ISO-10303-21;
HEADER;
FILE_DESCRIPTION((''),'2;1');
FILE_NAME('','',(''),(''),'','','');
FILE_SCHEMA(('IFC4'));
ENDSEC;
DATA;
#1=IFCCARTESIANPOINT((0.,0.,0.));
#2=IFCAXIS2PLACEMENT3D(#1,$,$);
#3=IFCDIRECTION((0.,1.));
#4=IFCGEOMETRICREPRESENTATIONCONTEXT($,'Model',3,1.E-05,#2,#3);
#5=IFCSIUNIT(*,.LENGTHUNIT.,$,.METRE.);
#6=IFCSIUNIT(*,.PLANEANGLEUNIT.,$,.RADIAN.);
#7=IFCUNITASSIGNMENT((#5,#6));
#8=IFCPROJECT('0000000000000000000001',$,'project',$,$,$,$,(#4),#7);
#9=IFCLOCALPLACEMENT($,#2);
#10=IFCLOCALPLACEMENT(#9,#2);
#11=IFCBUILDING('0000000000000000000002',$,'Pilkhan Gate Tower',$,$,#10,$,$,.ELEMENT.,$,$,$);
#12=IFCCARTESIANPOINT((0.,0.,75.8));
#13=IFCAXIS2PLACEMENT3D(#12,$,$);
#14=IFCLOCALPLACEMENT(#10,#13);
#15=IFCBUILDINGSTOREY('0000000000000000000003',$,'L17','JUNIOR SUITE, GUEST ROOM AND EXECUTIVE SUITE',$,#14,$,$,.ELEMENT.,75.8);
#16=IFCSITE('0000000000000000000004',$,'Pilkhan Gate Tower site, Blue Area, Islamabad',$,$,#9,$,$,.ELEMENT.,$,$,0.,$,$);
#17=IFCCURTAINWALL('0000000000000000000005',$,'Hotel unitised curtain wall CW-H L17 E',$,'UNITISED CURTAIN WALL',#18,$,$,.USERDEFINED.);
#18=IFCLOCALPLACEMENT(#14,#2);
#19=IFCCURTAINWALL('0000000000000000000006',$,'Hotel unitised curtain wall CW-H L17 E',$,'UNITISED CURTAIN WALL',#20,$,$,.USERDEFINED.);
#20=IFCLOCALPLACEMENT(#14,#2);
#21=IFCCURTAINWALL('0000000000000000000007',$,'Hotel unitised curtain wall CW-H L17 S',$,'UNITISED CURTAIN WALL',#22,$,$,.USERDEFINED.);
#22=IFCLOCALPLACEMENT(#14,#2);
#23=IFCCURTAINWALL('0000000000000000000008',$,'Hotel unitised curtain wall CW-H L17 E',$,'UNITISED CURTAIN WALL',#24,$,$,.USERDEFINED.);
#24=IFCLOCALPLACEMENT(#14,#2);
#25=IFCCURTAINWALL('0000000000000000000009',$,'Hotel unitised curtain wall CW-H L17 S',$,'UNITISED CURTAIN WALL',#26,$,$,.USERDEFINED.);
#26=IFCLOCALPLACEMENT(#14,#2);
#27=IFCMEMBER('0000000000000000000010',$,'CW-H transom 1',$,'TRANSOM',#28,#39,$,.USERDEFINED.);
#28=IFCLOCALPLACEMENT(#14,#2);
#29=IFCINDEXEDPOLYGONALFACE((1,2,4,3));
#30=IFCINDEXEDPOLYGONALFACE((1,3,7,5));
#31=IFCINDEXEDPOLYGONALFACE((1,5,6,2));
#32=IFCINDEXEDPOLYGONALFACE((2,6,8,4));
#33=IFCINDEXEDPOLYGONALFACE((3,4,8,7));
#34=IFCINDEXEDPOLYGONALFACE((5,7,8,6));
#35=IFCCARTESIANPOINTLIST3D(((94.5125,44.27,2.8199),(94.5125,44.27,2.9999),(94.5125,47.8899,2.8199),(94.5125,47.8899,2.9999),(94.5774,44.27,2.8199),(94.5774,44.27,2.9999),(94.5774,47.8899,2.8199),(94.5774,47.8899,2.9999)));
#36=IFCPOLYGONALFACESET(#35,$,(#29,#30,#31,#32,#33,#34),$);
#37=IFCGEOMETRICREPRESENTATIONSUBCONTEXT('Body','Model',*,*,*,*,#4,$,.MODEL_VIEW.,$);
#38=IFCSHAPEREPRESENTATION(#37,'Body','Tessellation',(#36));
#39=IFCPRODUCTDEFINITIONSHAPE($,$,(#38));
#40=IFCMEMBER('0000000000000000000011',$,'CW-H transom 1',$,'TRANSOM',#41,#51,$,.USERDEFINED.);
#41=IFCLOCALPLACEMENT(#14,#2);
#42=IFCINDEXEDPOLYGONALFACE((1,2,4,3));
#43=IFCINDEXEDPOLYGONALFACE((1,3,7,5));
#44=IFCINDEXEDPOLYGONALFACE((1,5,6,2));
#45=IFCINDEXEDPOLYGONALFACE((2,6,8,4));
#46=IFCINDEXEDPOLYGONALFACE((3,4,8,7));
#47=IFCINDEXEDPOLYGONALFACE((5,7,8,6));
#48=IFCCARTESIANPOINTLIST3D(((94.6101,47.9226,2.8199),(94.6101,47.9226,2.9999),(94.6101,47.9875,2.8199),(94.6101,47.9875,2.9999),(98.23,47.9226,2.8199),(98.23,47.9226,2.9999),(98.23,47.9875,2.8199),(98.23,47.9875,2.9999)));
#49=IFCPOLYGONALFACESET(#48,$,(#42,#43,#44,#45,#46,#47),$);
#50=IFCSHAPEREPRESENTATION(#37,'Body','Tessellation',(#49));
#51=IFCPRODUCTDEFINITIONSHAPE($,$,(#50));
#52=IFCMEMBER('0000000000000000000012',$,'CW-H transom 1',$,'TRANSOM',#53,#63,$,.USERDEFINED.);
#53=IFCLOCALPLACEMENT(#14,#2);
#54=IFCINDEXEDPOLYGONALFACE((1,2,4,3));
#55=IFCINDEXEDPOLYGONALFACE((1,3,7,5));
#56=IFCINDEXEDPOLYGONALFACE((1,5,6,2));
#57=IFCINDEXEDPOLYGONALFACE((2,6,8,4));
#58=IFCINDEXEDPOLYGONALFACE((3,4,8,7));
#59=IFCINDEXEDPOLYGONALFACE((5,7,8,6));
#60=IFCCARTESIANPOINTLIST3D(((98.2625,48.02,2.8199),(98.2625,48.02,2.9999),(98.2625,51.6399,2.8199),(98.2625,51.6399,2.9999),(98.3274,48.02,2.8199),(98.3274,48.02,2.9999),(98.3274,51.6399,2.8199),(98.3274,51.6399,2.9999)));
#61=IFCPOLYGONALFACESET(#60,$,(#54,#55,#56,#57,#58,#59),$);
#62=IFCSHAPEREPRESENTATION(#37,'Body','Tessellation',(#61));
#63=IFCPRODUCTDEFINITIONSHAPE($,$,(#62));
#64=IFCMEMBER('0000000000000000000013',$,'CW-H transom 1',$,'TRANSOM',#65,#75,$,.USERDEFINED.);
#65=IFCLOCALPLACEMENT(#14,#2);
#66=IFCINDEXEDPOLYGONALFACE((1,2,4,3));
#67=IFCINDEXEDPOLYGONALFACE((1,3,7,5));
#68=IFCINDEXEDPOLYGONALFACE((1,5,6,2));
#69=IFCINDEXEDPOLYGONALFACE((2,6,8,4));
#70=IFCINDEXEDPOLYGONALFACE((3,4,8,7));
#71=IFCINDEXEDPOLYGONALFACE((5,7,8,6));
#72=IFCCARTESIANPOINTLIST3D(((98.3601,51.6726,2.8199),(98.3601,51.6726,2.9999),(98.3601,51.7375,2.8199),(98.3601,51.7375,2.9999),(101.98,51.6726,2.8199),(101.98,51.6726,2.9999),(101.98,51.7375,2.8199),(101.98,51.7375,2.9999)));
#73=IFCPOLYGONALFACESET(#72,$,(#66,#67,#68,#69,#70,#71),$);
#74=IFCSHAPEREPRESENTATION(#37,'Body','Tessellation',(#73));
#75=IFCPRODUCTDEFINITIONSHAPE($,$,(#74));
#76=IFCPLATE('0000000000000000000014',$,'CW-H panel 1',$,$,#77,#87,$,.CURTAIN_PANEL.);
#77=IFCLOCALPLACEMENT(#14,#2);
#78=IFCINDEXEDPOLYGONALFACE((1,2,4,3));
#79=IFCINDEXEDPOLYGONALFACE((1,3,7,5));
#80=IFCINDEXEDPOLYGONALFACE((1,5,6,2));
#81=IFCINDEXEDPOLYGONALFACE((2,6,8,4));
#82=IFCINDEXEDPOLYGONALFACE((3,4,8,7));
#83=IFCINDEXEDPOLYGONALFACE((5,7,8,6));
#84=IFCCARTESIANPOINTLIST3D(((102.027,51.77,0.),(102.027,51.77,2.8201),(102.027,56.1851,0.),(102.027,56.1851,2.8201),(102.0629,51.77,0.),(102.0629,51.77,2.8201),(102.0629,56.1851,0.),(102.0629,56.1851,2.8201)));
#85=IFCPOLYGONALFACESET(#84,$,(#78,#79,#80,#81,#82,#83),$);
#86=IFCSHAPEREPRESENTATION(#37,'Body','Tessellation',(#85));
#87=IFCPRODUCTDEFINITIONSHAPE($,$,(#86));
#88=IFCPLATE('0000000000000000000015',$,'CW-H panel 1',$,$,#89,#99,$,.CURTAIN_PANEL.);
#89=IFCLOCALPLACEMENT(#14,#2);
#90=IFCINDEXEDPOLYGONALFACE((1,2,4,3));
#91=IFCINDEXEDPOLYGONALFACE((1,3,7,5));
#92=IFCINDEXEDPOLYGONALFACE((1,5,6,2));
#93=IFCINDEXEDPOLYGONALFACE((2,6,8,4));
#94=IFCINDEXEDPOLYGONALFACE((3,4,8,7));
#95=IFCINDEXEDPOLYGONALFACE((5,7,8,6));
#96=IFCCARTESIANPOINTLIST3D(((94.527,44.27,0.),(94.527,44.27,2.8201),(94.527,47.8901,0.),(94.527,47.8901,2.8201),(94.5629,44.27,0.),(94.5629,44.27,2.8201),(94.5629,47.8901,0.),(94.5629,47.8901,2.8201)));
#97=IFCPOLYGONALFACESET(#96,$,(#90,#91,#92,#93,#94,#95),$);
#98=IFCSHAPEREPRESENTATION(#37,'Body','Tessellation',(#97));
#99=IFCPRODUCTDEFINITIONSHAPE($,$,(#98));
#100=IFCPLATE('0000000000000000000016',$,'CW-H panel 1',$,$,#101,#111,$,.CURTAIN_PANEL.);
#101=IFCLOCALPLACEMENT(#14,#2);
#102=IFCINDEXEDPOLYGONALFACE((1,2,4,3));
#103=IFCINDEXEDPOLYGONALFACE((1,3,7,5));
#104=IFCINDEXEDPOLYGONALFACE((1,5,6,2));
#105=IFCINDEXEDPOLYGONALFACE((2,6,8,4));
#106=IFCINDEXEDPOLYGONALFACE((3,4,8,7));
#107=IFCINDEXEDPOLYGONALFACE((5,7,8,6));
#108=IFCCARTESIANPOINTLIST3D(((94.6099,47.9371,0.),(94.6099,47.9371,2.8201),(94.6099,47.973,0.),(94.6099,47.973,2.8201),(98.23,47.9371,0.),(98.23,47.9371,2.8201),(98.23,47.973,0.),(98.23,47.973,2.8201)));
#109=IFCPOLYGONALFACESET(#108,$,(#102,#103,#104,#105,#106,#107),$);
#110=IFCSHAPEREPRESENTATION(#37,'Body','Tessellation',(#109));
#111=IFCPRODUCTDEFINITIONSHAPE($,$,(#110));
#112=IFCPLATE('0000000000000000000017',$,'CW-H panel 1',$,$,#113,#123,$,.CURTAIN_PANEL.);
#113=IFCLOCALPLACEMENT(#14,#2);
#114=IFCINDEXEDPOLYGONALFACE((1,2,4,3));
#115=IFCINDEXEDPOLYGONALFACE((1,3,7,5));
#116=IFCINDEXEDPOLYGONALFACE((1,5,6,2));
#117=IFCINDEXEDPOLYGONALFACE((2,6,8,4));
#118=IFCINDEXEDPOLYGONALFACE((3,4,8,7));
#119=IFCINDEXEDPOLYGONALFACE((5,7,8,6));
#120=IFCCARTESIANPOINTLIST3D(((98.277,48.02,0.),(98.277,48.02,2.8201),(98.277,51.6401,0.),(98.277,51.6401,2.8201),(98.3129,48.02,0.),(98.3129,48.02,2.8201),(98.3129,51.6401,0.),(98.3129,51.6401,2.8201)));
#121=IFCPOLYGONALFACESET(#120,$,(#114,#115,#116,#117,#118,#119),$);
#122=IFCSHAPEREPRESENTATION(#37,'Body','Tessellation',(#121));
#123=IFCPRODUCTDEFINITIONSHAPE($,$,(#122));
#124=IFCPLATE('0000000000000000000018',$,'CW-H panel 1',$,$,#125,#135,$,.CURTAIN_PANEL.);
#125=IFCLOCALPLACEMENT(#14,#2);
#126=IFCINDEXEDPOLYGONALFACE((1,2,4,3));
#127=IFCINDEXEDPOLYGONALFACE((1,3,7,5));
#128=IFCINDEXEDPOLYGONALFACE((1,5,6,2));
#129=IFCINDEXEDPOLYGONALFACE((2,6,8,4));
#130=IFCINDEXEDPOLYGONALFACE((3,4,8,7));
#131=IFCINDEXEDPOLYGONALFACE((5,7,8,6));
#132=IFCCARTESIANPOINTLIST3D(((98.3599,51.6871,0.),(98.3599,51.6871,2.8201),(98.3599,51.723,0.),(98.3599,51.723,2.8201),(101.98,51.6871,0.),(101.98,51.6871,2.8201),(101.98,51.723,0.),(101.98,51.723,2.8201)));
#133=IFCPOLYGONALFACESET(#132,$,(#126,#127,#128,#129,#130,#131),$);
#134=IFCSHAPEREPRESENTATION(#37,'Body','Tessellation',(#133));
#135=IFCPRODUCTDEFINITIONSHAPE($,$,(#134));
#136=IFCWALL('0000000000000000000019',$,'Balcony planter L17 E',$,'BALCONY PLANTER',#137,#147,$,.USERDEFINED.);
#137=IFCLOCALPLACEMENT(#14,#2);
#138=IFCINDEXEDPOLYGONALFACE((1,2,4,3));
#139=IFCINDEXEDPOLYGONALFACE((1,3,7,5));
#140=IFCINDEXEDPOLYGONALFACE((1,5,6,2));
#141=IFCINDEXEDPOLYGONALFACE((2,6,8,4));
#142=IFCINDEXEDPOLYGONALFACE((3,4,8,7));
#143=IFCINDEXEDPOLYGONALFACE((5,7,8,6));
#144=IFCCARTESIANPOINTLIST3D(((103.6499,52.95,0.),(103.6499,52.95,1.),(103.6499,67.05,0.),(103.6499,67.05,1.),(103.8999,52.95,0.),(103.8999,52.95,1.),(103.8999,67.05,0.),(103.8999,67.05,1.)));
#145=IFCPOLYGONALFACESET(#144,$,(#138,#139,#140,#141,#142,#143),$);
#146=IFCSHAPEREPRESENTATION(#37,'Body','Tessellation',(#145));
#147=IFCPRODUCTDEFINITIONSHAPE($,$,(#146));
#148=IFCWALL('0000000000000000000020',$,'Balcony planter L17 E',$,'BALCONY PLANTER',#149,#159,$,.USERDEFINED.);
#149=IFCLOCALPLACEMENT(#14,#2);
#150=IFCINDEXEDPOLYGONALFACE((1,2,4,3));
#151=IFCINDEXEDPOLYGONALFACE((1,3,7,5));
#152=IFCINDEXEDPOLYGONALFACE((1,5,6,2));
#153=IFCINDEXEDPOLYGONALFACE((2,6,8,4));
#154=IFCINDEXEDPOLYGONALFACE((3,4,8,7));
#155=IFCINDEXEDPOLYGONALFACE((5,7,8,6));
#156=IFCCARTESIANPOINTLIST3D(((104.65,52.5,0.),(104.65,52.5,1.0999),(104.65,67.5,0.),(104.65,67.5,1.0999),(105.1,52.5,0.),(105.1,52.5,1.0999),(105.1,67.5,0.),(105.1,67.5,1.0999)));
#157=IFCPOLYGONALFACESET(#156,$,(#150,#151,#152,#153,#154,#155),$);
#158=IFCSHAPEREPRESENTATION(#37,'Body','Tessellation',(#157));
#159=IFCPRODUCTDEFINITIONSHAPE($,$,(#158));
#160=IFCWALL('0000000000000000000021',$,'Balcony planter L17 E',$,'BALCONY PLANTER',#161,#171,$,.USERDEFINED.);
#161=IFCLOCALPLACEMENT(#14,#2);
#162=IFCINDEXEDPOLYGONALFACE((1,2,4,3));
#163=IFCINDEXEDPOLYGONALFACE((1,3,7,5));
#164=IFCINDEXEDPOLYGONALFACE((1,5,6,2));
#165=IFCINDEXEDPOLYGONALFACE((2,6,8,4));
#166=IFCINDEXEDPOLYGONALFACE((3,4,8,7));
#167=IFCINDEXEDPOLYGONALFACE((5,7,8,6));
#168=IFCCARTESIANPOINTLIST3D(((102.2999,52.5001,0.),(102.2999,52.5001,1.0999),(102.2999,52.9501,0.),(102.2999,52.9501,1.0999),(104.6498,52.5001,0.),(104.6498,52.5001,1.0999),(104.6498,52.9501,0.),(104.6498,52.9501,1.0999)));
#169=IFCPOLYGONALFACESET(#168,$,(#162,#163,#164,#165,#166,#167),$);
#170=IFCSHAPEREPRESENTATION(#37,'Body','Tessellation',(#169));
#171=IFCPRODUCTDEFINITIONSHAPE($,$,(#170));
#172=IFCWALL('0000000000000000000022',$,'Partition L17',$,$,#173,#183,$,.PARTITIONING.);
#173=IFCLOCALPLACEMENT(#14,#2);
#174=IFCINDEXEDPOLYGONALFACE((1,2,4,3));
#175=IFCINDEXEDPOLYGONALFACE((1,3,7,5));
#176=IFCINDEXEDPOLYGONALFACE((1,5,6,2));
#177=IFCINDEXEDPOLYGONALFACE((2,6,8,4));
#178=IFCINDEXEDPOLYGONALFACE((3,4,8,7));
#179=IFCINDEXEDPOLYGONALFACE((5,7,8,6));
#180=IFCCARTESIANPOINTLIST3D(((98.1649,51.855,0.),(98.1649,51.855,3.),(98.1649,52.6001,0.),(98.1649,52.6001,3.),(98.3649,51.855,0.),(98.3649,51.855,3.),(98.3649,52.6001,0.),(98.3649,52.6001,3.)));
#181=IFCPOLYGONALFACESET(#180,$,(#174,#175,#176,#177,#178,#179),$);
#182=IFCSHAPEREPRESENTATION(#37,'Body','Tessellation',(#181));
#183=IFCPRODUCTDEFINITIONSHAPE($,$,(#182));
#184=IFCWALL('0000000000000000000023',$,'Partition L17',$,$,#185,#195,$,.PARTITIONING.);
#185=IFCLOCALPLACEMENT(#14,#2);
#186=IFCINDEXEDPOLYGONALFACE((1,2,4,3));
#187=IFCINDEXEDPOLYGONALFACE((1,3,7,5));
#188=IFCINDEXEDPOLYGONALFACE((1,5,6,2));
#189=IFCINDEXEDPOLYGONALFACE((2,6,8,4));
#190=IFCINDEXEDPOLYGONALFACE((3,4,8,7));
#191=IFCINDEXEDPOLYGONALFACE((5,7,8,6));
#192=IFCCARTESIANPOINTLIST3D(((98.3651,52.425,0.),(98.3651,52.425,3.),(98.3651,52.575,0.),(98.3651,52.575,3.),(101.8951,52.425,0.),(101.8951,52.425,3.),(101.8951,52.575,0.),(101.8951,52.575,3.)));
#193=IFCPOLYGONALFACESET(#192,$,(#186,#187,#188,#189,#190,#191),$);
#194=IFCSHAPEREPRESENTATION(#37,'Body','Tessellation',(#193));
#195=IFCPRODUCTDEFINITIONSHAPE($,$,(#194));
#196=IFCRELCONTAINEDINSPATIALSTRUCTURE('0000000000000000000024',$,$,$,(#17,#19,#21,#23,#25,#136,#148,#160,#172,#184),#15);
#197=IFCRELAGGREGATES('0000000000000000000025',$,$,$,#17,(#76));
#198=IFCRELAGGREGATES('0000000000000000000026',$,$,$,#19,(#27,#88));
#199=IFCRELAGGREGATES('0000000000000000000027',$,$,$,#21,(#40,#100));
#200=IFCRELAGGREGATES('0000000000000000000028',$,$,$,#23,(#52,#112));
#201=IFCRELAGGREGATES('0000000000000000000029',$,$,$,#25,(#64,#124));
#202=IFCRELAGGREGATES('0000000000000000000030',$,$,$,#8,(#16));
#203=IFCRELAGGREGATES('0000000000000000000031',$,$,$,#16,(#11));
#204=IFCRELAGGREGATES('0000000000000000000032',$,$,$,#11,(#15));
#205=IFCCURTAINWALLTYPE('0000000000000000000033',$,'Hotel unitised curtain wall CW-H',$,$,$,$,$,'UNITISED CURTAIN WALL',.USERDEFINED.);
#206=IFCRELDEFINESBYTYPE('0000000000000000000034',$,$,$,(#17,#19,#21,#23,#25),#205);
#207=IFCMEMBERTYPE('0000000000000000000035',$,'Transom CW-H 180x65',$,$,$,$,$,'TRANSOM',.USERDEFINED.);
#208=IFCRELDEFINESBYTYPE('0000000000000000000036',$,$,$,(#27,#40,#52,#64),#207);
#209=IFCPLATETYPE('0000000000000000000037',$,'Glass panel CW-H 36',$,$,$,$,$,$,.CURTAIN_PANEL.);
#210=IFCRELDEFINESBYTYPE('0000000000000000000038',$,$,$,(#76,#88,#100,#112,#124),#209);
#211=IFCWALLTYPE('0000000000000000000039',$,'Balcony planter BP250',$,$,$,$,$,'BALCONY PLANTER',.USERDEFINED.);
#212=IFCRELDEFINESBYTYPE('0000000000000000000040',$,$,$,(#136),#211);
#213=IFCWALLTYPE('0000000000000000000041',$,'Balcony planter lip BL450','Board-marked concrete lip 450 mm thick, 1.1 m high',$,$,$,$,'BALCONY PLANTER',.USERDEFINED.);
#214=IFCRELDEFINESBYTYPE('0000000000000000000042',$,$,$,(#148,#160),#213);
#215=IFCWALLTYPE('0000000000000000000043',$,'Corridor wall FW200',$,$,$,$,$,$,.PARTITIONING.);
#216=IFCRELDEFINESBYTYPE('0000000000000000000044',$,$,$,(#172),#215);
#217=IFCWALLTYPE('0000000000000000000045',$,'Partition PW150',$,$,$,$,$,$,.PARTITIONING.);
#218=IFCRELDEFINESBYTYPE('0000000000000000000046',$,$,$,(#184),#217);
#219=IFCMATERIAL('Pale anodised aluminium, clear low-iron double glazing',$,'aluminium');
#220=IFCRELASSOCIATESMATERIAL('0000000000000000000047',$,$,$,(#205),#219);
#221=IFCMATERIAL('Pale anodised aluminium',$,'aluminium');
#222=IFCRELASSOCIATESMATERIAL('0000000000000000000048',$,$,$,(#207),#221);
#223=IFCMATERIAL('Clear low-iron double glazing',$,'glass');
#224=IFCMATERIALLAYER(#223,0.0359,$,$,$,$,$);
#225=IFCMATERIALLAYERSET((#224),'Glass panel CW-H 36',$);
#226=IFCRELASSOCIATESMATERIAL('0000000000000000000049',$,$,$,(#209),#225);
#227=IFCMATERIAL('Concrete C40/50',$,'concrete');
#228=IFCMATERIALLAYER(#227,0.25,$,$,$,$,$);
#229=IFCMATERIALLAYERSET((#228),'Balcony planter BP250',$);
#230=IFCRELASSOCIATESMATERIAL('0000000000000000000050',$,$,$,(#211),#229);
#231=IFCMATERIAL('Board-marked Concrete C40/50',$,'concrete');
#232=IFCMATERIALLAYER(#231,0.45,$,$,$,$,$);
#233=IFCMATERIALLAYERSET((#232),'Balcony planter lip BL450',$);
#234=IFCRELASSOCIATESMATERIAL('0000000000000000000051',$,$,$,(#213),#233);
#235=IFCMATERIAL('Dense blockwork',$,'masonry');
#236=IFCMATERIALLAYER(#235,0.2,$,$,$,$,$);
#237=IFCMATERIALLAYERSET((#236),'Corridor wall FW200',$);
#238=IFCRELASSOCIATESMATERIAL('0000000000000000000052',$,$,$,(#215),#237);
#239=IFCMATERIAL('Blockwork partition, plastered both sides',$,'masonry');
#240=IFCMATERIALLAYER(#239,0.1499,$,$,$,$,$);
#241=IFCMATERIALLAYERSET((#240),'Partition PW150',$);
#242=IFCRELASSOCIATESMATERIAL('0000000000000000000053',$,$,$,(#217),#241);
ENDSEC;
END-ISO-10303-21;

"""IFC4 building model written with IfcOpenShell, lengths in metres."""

from ifc_helpers import new_model, si_unit, direction, frame, frame_2d, origin, origin_2d, place, context, subcontext, project, spatial, rectangle, extrude, material, layer, layer_set, material_profile, profile_set, type_object, element, aggregate, save


model = new_model("IFC4")

# Units and contexts
model_context = context("Model", 3, precision=1e-05, world=origin(), true_north=direction((0.0, 1.0)))
body_context = subcontext(model_context, "Body", "Model", "MODEL_VIEW")
ifc_project = project(units=[si_unit("LENGTHUNIT", "METRE"), si_unit("PLANEANGLEUNIT", "RADIAN")], contexts=[model_context])

# Site, building, storey
site_placement = place(None, origin())
site = spatial("IfcSite", under=ifc_project, at=site_placement, Name="Pilkhan Gate Tower site, Blue Area, Islamabad", CompositionType="ELEMENT", RefElevation=0.0)
building_placement = place(site_placement, origin())
building = spatial("IfcBuilding", under=site, at=building_placement, Name="Pilkhan Gate Tower", CompositionType="ELEMENT")
storey_placement = place(building_placement, frame((0.0, 0.0, 75.8)))
storey = spatial("IfcBuildingStorey", under=building, at=storey_placement, Name="L17", Description="JUNIOR SUITE, GUEST ROOM AND EXECUTIVE SUITE", CompositionType="ELEMENT", Elevation=75.8)

# Curtain wall
ifc_material_1 = material(Name="Pale anodised aluminium, clear low-iron double glazing", Category="aluminium")
curtain_wall_type = type_object("IfcCurtainWallType", Name="Hotel unitised curtain wall CW-H", ElementType="UNITISED CURTAIN WALL", PredefinedType="USERDEFINED", material=ifc_material_1)
curtain_wall_1_placement = place(storey_placement, origin())
curtain_wall_1 = element("IfcCurtainWall", 1, at=curtain_wall_1_placement, inside=storey, type_object=curtain_wall_type, Name="Hotel unitised curtain wall CW-H L17 E", ObjectType="UNITISED CURTAIN WALL", PredefinedType="USERDEFINED")
ifc_material_2 = material(Name="Pale anodised aluminium", Category="aluminium")

# Curtain walls
curtain_wall_2_placement = place(storey_placement, origin())
curtain_wall_2 = element("IfcCurtainWall", 2, at=curtain_wall_2_placement, inside=storey, type_object=curtain_wall_type, Name="Hotel unitised curtain wall CW-H L17 E", ObjectType="UNITISED CURTAIN WALL", PredefinedType="USERDEFINED")
curtain_wall_3_placement = place(storey_placement, origin())
curtain_wall_3 = element("IfcCurtainWall", 3, at=curtain_wall_3_placement, inside=storey, type_object=curtain_wall_type, Name="Hotel unitised curtain wall CW-H L17 S", ObjectType="UNITISED CURTAIN WALL", PredefinedType="USERDEFINED")
curtain_wall_4_placement = place(storey_placement, origin())
curtain_wall_4 = element("IfcCurtainWall", 4, at=curtain_wall_4_placement, inside=storey, type_object=curtain_wall_type, Name="Hotel unitised curtain wall CW-H L17 E", ObjectType="UNITISED CURTAIN WALL", PredefinedType="USERDEFINED")
curtain_wall_5_placement = place(storey_placement, origin())
curtain_wall_5 = element("IfcCurtainWall", 5, at=curtain_wall_5_placement, inside=storey, type_object=curtain_wall_type, Name="Hotel unitised curtain wall CW-H L17 S", ObjectType="UNITISED CURTAIN WALL", PredefinedType="USERDEFINED")

# Members
ifc_material_profile_1 = material_profile(ifc_material_2, rectangle(XDim=0.0649, YDim=0.1799, at=origin_2d()), Name="Transom 180x65")
ifc_profile_set_1 = profile_set([ifc_material_profile_1], Name="Pale anodised aluminium")
member_type_1 = type_object("IfcMemberType", Name="Transom CW-H 180x65", ElementType="TRANSOM", PredefinedType="USERDEFINED", material=ifc_profile_set_1)
member_1_placement = place(storey_placement, frame((94.5449, 44.27, 2.9099), z_axis=(0.0, 1.0, 0.0), x_axis=(-1.0, 0.0, 0.0)))
member_1 = element("IfcMember", 6, at=member_1_placement, type_object=member_type_1, Name="CW-H transom 1", ObjectType="TRANSOM", PredefinedType="USERDEFINED", context=body_context, shape_type="SweptSolid", body=[
    extrude(rectangle(XDim=0.0649, YDim=0.1799, at=origin_2d()), origin(), (0.0, 0.0, 1.0), 3.6199),
])
member_2_placement = place(storey_placement, frame((94.6101, 47.9551, 2.9099), z_axis=(1.0, 0.0, 0.0), x_axis=(0.0, 1.0, 0.0)))
member_2 = element("IfcMember", 7, at=member_2_placement, type_object=member_type_1, Name="CW-H transom 1", ObjectType="TRANSOM", PredefinedType="USERDEFINED", context=body_context, shape_type="SweptSolid", body=[
    extrude(rectangle(XDim=0.0649, YDim=0.1799, at=origin_2d()), origin(), (0.0, 0.0, 1.0), 3.6199),
])
member_3_placement = place(storey_placement, frame((98.2949, 48.02, 2.9099), z_axis=(0.0, 1.0, 0.0), x_axis=(-1.0, 0.0, 0.0)))
member_3 = element("IfcMember", 8, at=member_3_placement, type_object=member_type_1, Name="CW-H transom 1", ObjectType="TRANSOM", PredefinedType="USERDEFINED", context=body_context, shape_type="SweptSolid", body=[
    extrude(rectangle(XDim=0.0649, YDim=0.1799, at=origin_2d()), origin(), (0.0, 0.0, 1.0), 3.6199),
])
member_4_placement = place(storey_placement, frame((98.3601, 51.7051, 2.9099), z_axis=(1.0, 0.0, 0.0), x_axis=(0.0, 1.0, 0.0)))
member_4 = element("IfcMember", 9, at=member_4_placement, type_object=member_type_1, Name="CW-H transom 1", ObjectType="TRANSOM", PredefinedType="USERDEFINED", context=body_context, shape_type="SweptSolid", body=[
    extrude(rectangle(XDim=0.0649, YDim=0.1799, at=origin_2d()), origin(), (0.0, 0.0, 1.0), 3.6199),
])

# Plates
ifc_material_3 = material(Name="Clear low-iron double glazing", Category="glass")
ifc_layer_1 = layer(ifc_material_3, 0.0359)
ifc_layer_set_1 = layer_set([ifc_layer_1], Name="Glass panel CW-H 36")
plate_type = type_object("IfcPlateType", Name="Glass panel CW-H 36", PredefinedType="CURTAIN_PANEL", material=ifc_layer_set_1)
plate_1_placement = place(storey_placement, frame((102.0449, 53.9775, 0.0), z_axis=(0.0, 0.0, 1.0), x_axis=(0.0, 1.0, 0.0)))
plate_1 = element("IfcPlate", 10, at=plate_1_placement, type_object=plate_type, Name="CW-H panel 1", PredefinedType="CURTAIN_PANEL", context=body_context, shape_type="SweptSolid", body=[
    extrude(rectangle(XDim=4.415, YDim=0.0359, at=origin_2d()), origin(), (0.0, 0.0, 1.0), 2.8201),
])
aggregate(curtain_wall_1, [plate_1])
plate_2_placement = place(storey_placement, frame((94.5449, 46.0801, 0.0), z_axis=(0.0, 0.0, 1.0), x_axis=(0.0, 1.0, 0.0)))
plate_2 = element("IfcPlate", 11, at=plate_2_placement, type_object=plate_type, Name="CW-H panel 1", PredefinedType="CURTAIN_PANEL", context=body_context, shape_type="SweptSolid", body=[
    extrude(rectangle(XDim=3.6201, YDim=0.0359, at=origin_2d()), origin(), (0.0, 0.0, 1.0), 2.8201),
])
aggregate(curtain_wall_2, [member_1, plate_2])
plate_3_placement = place(storey_placement, frame((96.4199, 47.9551, 0.0), z_axis=(0.0, 0.0, 1.0), x_axis=(1.0, 0.0, 0.0)))
plate_3 = element("IfcPlate", 12, at=plate_3_placement, type_object=plate_type, Name="CW-H panel 1", PredefinedType="CURTAIN_PANEL", context=body_context, shape_type="SweptSolid", body=[
    extrude(rectangle(XDim=3.6201, YDim=0.0359, at=origin_2d()), origin(), (0.0, 0.0, 1.0), 2.8201),
])
aggregate(curtain_wall_3, [member_2, plate_3])
plate_4_placement = place(storey_placement, frame((98.2949, 49.8301, 0.0), z_axis=(0.0, 0.0, 1.0), x_axis=(0.0, 1.0, 0.0)))
plate_4 = element("IfcPlate", 13, at=plate_4_placement, type_object=plate_type, Name="CW-H panel 1", PredefinedType="CURTAIN_PANEL", context=body_context, shape_type="SweptSolid", body=[
    extrude(rectangle(XDim=3.6201, YDim=0.0359, at=origin_2d()), origin(), (0.0, 0.0, 1.0), 2.8201),
])
aggregate(curtain_wall_4, [member_3, plate_4])
plate_5_placement = place(storey_placement, frame((100.1699, 51.7051, 0.0), z_axis=(0.0, 0.0, 1.0), x_axis=(1.0, 0.0, 0.0)))
plate_5 = element("IfcPlate", 14, at=plate_5_placement, type_object=plate_type, Name="CW-H panel 1", PredefinedType="CURTAIN_PANEL", context=body_context, shape_type="SweptSolid", body=[
    extrude(rectangle(XDim=3.6201, YDim=0.0359, at=origin_2d()), origin(), (0.0, 0.0, 1.0), 2.8201),
])
aggregate(curtain_wall_5, [member_4, plate_5])

# Walls
ifc_material_4 = material(Name="Concrete C40/50", Category="concrete")
ifc_layer_2 = layer(ifc_material_4, 0.25)
ifc_layer_set_2 = layer_set([ifc_layer_2], Name="Balcony planter BP250")
wall_type_1 = type_object("IfcWallType", Name="Balcony planter BP250", ElementType="BALCONY PLANTER", PredefinedType="USERDEFINED", material=ifc_layer_set_2)
wall_1_placement = place(storey_placement, frame((103.7749, 52.95, 0.0), z_axis=(0.0, 0.0, 1.0), x_axis=(0.0, 1.0, 0.0)))
element("IfcWall", 15, at=wall_1_placement, inside=storey, type_object=wall_type_1, Name="Balcony planter L17 E", ObjectType="BALCONY PLANTER", PredefinedType="USERDEFINED", context=body_context, shape_type="SweptSolid", body=[
    extrude(rectangle(XDim=14.1001, YDim=0.25, at=frame_2d((7.05, 0.0))), origin(), (0.0, 0.0, 1.0), 1.0),
])
ifc_material_5 = material(Name="Board-marked Concrete C40/50", Category="concrete")
ifc_layer_3 = layer(ifc_material_5, 0.45)
ifc_layer_set_3 = layer_set([ifc_layer_3], Name="Balcony planter lip BL450")
wall_type_2 = type_object("IfcWallType", Name="Balcony planter lip BL450", Description="Board-marked concrete lip 450 mm thick, 1.1 m high", ElementType="BALCONY PLANTER", PredefinedType="USERDEFINED", material=ifc_layer_set_3)
wall_2_placement = place(storey_placement, frame((104.875, 52.5, 0.0), z_axis=(0.0, 0.0, 1.0), x_axis=(0.0, 1.0, 0.0)))
element("IfcWall", 16, at=wall_2_placement, inside=storey, type_object=wall_type_2, Name="Balcony planter L17 E", ObjectType="BALCONY PLANTER", PredefinedType="USERDEFINED", context=body_context, shape_type="SweptSolid", body=[
    extrude(rectangle(XDim=15.0, YDim=0.45, at=frame_2d((7.5, 0.0))), origin(), (0.0, 0.0, 1.0), 1.0999),
])
wall_3_placement = place(storey_placement, frame((102.3, 52.7251, 0.0), z_axis=(0.0, 0.0, 1.0), x_axis=(1.0, 0.0, 0.0)))
element("IfcWall", 17, at=wall_3_placement, inside=storey, type_object=wall_type_2, Name="Balcony planter L17 E", ObjectType="BALCONY PLANTER", PredefinedType="USERDEFINED", context=body_context, shape_type="SweptSolid", body=[
    extrude(rectangle(XDim=2.3499, YDim=0.45, at=frame_2d((1.1748, 0.0))), origin(), (0.0, 0.0, 1.0), 1.0999),
])
ifc_material_6 = material(Name="Dense blockwork", Category="masonry")
ifc_layer_4 = layer(ifc_material_6, 0.2)
ifc_layer_set_4 = layer_set([ifc_layer_4], Name="Corridor wall FW200")
wall_type_3 = type_object("IfcWallType", Name="Corridor wall FW200", PredefinedType="PARTITIONING", material=ifc_layer_set_4)
wall_4_placement = place(storey_placement, frame((98.2649, 51.855, 0.0), z_axis=(0.0, 0.0, 1.0), x_axis=(0.0, 1.0, 0.0)))
element("IfcWall", 18, at=wall_4_placement, inside=storey, type_object=wall_type_3, Name="Partition L17", PredefinedType="PARTITIONING", context=body_context, shape_type="SweptSolid", body=[
    extrude(rectangle(XDim=0.7451, YDim=0.2, at=frame_2d((0.3726, 0.0))), origin(), (0.0, 0.0, 1.0), 3.0),
])
ifc_material_7 = material(Name="Blockwork partition, plastered both sides", Category="masonry")
ifc_layer_5 = layer(ifc_material_7, 0.1499)
ifc_layer_set_5 = layer_set([ifc_layer_5], Name="Partition PW150")
wall_type_4 = type_object("IfcWallType", Name="Partition PW150", PredefinedType="PARTITIONING", material=ifc_layer_set_5)
wall_5_placement = place(storey_placement, frame((98.365, 52.5, 0.0), z_axis=(0.0, 0.0, 1.0), x_axis=(1.0, 0.0, 0.0)))
element("IfcWall", 19, at=wall_5_placement, inside=storey, type_object=wall_type_4, Name="Partition L17", PredefinedType="PARTITIONING", context=body_context, shape_type="SweptSolid", body=[
    extrude(rectangle(XDim=3.53, YDim=0.1499, at=frame_2d((1.7651, 0.0))), origin(), (0.0, 0.0, 1.0), 3.0),
])

save(model, "model.ifc")
